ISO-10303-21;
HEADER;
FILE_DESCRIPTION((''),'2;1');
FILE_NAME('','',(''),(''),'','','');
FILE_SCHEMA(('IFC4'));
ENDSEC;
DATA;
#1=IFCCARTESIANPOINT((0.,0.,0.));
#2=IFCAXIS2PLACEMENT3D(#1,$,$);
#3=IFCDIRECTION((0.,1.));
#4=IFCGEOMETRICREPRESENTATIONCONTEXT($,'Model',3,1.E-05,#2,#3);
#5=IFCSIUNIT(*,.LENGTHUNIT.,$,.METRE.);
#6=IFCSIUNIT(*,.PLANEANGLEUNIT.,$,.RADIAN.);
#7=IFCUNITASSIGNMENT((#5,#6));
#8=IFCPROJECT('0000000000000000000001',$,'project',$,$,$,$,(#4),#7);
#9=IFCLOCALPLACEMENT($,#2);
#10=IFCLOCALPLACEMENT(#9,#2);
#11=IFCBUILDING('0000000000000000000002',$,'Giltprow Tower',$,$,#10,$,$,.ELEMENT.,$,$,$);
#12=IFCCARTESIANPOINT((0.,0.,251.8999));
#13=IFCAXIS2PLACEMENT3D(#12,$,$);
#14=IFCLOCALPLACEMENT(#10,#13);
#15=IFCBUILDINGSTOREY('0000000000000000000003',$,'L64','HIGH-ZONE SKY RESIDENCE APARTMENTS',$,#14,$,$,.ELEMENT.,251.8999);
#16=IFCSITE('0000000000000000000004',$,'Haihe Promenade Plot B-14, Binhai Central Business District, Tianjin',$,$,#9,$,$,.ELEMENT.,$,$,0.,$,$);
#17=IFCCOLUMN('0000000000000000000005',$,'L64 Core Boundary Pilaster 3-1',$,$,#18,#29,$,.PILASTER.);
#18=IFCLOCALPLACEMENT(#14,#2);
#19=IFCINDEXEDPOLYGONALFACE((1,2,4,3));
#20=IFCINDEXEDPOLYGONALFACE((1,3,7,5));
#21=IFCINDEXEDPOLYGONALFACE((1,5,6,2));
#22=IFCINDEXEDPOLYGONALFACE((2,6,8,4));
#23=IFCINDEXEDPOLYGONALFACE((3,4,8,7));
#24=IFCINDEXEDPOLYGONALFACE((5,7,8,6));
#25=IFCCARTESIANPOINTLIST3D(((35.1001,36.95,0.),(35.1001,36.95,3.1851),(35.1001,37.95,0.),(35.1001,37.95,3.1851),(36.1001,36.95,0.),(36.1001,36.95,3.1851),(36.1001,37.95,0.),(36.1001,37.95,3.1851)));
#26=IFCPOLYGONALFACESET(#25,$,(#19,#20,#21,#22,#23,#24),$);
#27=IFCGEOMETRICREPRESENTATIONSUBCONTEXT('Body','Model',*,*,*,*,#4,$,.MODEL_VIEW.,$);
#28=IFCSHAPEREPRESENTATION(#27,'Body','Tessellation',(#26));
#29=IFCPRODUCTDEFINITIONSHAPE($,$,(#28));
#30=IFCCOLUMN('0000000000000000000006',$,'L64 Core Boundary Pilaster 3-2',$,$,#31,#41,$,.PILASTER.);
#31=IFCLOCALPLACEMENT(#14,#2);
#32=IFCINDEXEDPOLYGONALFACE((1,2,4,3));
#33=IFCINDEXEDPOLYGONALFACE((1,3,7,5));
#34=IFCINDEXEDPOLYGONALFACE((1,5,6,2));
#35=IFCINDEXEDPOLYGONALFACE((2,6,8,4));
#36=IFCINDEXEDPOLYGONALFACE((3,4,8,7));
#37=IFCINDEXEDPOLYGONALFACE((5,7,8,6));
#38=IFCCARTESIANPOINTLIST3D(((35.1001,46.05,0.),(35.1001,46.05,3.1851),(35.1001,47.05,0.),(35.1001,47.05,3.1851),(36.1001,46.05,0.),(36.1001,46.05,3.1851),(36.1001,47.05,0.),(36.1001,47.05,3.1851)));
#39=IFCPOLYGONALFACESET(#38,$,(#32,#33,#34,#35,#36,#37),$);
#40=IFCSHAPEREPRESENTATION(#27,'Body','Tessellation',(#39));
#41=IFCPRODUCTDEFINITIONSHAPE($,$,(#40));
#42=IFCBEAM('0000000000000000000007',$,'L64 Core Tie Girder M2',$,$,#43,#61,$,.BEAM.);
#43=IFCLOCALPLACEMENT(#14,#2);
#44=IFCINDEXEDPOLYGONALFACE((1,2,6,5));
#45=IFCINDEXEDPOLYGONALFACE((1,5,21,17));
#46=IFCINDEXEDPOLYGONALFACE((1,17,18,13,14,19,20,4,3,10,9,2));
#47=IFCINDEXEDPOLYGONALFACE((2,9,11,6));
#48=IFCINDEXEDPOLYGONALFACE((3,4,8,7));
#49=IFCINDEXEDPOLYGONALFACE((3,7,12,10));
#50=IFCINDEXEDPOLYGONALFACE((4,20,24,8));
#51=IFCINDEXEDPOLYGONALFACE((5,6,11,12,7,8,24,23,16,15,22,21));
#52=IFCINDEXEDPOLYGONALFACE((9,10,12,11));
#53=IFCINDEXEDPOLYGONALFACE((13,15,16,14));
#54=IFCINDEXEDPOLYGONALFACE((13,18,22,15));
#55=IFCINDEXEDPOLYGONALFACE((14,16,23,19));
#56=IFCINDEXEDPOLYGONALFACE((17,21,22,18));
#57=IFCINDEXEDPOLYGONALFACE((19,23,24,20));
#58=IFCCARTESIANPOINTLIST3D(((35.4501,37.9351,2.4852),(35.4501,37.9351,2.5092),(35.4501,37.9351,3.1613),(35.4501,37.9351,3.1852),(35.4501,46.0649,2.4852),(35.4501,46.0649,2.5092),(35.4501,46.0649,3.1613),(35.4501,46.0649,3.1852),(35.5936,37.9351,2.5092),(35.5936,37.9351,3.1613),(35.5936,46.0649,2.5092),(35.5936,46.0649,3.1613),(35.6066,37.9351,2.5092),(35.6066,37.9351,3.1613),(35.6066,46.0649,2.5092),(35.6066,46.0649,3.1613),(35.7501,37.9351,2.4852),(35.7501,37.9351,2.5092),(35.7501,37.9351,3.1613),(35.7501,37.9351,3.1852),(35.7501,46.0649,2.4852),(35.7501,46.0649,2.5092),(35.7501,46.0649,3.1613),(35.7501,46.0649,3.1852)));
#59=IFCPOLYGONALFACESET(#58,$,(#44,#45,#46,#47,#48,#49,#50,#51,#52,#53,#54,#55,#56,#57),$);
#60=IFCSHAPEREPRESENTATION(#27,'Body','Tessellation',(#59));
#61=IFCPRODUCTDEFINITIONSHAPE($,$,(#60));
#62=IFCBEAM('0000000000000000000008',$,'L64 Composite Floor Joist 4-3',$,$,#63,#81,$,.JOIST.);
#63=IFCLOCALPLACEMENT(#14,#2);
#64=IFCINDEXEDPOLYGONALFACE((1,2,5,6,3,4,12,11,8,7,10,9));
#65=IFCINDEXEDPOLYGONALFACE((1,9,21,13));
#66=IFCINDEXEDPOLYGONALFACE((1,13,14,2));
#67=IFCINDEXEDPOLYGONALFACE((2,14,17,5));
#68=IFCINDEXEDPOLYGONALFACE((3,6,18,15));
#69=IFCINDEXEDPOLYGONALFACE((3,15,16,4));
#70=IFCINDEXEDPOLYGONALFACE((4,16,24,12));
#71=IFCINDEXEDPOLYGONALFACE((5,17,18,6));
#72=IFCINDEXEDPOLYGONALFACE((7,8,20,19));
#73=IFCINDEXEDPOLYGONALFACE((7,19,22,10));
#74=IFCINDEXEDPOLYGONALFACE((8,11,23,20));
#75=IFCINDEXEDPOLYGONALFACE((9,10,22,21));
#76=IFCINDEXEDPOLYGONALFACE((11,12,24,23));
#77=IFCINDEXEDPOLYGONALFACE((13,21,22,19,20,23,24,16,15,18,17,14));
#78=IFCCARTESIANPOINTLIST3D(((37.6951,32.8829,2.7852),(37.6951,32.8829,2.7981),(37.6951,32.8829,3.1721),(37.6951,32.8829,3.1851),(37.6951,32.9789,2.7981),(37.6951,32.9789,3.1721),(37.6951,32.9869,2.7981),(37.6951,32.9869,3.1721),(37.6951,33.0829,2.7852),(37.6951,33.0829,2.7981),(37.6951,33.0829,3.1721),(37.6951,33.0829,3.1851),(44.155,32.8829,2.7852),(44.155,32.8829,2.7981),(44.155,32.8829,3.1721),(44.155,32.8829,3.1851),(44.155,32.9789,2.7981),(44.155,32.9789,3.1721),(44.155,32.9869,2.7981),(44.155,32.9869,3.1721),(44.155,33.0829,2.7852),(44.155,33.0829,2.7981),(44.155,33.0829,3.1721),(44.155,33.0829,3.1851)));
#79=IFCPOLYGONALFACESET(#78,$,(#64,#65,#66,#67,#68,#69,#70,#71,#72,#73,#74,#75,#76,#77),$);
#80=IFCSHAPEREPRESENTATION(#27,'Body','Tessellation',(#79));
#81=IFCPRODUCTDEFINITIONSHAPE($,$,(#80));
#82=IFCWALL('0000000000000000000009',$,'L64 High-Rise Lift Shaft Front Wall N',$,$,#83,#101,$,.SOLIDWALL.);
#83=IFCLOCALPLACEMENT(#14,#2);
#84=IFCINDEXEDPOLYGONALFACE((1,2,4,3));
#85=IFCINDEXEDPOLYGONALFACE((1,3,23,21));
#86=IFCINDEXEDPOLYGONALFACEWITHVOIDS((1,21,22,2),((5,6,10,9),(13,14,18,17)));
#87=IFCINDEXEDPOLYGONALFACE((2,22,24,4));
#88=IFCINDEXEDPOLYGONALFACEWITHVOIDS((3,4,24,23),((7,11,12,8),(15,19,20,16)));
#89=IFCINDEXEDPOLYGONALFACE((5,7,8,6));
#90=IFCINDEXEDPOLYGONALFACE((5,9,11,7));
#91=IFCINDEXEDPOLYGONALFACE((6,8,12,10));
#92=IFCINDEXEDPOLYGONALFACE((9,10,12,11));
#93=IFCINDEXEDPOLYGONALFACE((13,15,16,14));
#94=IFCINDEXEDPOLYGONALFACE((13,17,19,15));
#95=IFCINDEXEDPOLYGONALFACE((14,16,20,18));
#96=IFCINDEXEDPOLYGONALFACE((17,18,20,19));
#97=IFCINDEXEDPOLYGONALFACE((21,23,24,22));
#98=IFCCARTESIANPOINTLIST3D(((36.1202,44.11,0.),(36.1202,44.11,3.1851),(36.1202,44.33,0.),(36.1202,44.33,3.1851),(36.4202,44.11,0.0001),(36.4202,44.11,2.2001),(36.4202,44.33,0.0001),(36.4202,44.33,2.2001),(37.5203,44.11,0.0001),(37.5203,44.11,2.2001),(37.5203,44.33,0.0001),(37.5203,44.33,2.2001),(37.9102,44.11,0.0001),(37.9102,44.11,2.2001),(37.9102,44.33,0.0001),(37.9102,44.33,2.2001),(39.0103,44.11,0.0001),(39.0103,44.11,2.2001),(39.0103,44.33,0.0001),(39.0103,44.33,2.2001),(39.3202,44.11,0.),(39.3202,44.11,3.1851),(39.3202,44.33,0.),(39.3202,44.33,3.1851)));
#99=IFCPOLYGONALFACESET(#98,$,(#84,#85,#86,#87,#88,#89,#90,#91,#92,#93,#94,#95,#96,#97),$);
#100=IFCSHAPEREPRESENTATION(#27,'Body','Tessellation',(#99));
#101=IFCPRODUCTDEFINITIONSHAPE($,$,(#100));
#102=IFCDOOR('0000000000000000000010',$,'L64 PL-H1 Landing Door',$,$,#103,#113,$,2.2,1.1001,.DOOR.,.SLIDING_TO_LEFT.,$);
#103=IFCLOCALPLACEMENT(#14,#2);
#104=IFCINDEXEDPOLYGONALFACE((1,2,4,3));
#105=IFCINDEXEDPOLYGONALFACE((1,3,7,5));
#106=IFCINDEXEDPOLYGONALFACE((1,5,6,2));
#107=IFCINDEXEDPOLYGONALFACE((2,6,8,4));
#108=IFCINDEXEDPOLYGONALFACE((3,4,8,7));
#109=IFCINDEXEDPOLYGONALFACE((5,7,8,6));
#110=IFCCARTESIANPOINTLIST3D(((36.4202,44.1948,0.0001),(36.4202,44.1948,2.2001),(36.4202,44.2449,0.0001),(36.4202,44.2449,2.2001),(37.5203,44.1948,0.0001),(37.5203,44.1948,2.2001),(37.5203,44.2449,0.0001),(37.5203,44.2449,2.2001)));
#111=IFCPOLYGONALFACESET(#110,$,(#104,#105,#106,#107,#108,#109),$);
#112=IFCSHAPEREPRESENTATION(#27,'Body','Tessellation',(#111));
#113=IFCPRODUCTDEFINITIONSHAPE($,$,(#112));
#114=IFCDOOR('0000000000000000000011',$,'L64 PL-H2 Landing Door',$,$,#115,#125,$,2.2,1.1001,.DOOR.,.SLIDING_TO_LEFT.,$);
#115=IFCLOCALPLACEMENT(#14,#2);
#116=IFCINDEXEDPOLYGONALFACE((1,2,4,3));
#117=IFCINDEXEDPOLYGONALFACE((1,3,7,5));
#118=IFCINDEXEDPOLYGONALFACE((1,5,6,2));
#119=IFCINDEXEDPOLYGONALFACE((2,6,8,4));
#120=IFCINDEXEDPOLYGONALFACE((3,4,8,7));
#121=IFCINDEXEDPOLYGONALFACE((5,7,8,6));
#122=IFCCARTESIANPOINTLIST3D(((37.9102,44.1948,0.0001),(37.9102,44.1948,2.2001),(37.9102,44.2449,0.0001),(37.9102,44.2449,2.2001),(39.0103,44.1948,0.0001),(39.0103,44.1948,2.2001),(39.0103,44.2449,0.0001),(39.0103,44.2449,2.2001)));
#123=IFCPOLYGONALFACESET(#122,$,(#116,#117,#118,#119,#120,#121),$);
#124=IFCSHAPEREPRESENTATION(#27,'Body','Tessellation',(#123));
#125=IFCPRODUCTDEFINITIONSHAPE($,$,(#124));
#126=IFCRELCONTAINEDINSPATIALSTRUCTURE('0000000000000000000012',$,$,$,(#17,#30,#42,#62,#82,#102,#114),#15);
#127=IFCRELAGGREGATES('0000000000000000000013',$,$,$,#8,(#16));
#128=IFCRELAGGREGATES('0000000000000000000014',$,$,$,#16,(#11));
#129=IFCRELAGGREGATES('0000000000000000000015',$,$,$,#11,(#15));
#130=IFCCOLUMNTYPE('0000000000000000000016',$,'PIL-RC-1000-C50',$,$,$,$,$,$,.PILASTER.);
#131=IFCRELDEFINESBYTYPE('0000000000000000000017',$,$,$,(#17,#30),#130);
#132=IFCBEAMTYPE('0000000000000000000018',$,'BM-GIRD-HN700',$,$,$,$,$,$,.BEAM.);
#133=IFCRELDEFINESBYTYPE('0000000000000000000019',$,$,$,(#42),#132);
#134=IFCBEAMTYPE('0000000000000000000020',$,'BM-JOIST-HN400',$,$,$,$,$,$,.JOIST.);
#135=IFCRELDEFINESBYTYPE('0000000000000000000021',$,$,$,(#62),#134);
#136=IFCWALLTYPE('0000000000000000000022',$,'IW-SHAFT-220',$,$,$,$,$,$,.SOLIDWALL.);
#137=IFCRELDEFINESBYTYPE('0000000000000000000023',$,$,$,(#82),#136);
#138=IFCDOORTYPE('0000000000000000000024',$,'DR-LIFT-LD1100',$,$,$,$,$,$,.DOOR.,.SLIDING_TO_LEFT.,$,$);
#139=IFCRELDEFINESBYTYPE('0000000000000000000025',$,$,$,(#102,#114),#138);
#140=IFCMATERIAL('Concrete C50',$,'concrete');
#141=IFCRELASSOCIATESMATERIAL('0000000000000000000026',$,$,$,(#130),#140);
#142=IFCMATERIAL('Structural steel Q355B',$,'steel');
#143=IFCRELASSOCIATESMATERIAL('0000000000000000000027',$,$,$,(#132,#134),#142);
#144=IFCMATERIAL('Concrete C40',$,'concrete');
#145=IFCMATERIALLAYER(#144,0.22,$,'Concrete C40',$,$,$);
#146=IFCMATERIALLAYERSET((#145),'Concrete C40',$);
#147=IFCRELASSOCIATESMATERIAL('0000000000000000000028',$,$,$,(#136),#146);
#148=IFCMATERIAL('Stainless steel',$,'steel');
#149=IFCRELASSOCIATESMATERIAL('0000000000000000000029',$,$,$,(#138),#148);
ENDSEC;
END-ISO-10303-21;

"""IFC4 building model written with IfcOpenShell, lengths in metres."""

from ifc_helpers import new_model, si_unit, direction, frame, frame_2d, origin, origin_2d, place, context, subcontext, project, spatial, rectangle, i_section, extrude, source, transform, mapped, material, layer, layer_set, material_profile, profile_set, type_object, element, fill, save


model = new_model("IFC4")

# Units and contexts
model_context = context("Model", 3, precision=1e-05, world=origin(), true_north=direction((0.0, 1.0)))
body_context = subcontext(model_context, "Body", "Model", "MODEL_VIEW")
ifc_project = project(units=[si_unit("LENGTHUNIT", "METRE"), si_unit("PLANEANGLEUNIT", "RADIAN")], contexts=[model_context])

# Site, building, storey
site_placement = place(None, origin())
site = spatial("IfcSite", under=ifc_project, at=site_placement, Name="Haihe Promenade Plot B-14, Binhai Central Business District, Tianjin", CompositionType="ELEMENT", RefElevation=0.0)
building_placement = place(site_placement, origin())
building = spatial("IfcBuilding", under=site, at=building_placement, Name="Giltprow Tower", CompositionType="ELEMENT")
storey_placement = place(building_placement, frame((0.0, 0.0, 251.8999)))
storey = spatial("IfcBuildingStorey", under=building, at=storey_placement, Name="L64", Description="HIGH-ZONE SKY RESIDENCE APARTMENTS", CompositionType="ELEMENT", Elevation=251.8999)

# Columns
ifc_material_1 = material(Name="Concrete C50", Category="concrete")
ifc_material_profile_1 = material_profile(ifc_material_1, rectangle(XDim=1.0, YDim=1.0, at=origin_2d()), Name="RC 1000x1000")
ifc_profile_set_1 = profile_set([ifc_material_profile_1], Name="Concrete C50")
column_type = type_object("IfcColumnType", Name="PIL-RC-1000-C50", PredefinedType="PILASTER", material=ifc_profile_set_1)
shared_shape_1 = source(origin(), body_context, "Body", "SweptSolid", [
    extrude(rectangle(XDim=1.0, YDim=1.0, at=origin_2d()), origin(), (0.0, 0.0, 1.0), 3.1851),
])
for number, where, z_axis, x_axis, name in (
    (1, (35.6001, 37.45, 0.0), (0.0, 0.0, 1.0), (1.0, 0.0, 0.0), "L64 Core Boundary Pilaster 3-1"),
    (2, (35.6001, 46.55, 0.0), (0.0, 0.0, 1.0), (1.0, 0.0, 0.0), "L64 Core Boundary Pilaster 3-2"),
):
    element("IfcColumn", number, at=place(storey_placement, frame(where, z_axis=z_axis, x_axis=x_axis)), inside=storey, type_object=column_type, Name=name, PredefinedType="PILASTER", context=body_context, shape_type="MappedRepresentation", body=[
        mapped(shared_shape_1, transform((0.0, 0.0, 0.0), x_axis=(1.0, 0.0, 0.0), y_axis=(0.0, 1.0, 0.0), z_axis=(0.0, 0.0, 1.0), scale=1.0)),
    ])

# Beams
ifc_material_2 = material(Name="Structural steel Q355B", Category="steel")
ifc_material_profile_2 = material_profile(ifc_material_2, i_section(OverallWidth=0.3, OverallDepth=0.7, WebThickness=0.0129, FlangeThickness=0.0239, at=origin_2d()), Name="HN 700x300x13x24")
ifc_profile_set_2 = profile_set([ifc_material_profile_2], Name="Structural steel Q355B")
beam_type_1 = type_object("IfcBeamType", Name="BM-GIRD-HN700", PredefinedType="BEAM", material=ifc_profile_set_2)
shared_shape_2 = source(origin(), body_context, "Body", "SweptSolid", [
    extrude(i_section(OverallWidth=0.3, OverallDepth=0.7, WebThickness=0.0129, FlangeThickness=0.0239, at=origin_2d()), origin(), (0.0, 0.0, 1.0), 8.1299),
])
beam_1_placement = place(storey_placement, frame((35.6001, 37.9351, 2.8352), z_axis=(0.0, 1.0, 0.0), x_axis=(-1.0, 0.0, 0.0)))
element("IfcBeam", 3, at=beam_1_placement, inside=storey, type_object=beam_type_1, Name="L64 Core Tie Girder M2", PredefinedType="BEAM", context=body_context, shape_type="MappedRepresentation", body=[
    mapped(shared_shape_2, transform((0.0, 0.0, 0.0), x_axis=(1.0, 0.0, 0.0), y_axis=(0.0, 1.0, 0.0), z_axis=(0.0, 0.0, 1.0), scale=1.0)),
])
ifc_material_profile_3 = material_profile(ifc_material_2, i_section(OverallWidth=0.2, OverallDepth=0.3999, WebThickness=0.0081, FlangeThickness=0.0129, at=origin_2d()), Name="HN 400x200x8x13")
ifc_profile_set_3 = profile_set([ifc_material_profile_3], Name="Structural steel Q355B")
beam_type_2 = type_object("IfcBeamType", Name="BM-JOIST-HN400", PredefinedType="JOIST", material=ifc_profile_set_3)
shared_shape_3 = source(origin(), body_context, "Body", "SweptSolid", [
    extrude(i_section(OverallWidth=0.2, OverallDepth=0.3999, WebThickness=0.0081, FlangeThickness=0.0129, at=origin_2d()), origin(), (0.0, 0.0, 1.0), 6.46),
])
beam_2_placement = place(storey_placement, frame((37.6951, 32.9829, 2.9851), z_axis=(1.0, 0.0, 0.0), x_axis=(0.0, 1.0, 0.0)))
element("IfcBeam", 4, at=beam_2_placement, inside=storey, type_object=beam_type_2, Name="L64 Composite Floor Joist 4-3", PredefinedType="JOIST", context=body_context, shape_type="MappedRepresentation", body=[
    mapped(shared_shape_3, transform((0.0, 0.0, 0.0), x_axis=(1.0, 0.0, 0.0), y_axis=(0.0, 1.0, 0.0), z_axis=(0.0, 0.0, 1.0), scale=1.0)),
])

# Wall, openings, doors
ifc_material_3 = material(Name="Concrete C40", Category="concrete")
ifc_layer_1 = layer(ifc_material_3, 0.22, Name="Concrete C40")
ifc_layer_set_1 = layer_set([ifc_layer_1], Name="Concrete C40")
wall_type_1 = type_object("IfcWallType", Name="IW-SHAFT-220", PredefinedType="SOLIDWALL", material=ifc_layer_set_1)
wall_1_placement = place(storey_placement, frame((36.1201, 44.22, 0.0), z_axis=(0.0, 0.0, 1.0), x_axis=(1.0, 0.0, 0.0)))
wall_1 = element("IfcWall", 5, at=wall_1_placement, inside=storey, type_object=wall_type_1, Name="L64 High-Rise Lift Shaft Front Wall N", PredefinedType="SOLIDWALL", context=body_context, shape_type="SweptSolid", body=[
    extrude(rectangle(XDim=3.2, YDim=0.22, at=frame_2d((1.6001, 0.0))), origin(), (0.0, 0.0, 1.0), 3.1851),
])
opening_1_placement = place(wall_1_placement, frame((0.3, 0.0, 0.0)))
opening_1 = element("IfcOpeningElement", 6, at=opening_1_placement, cuts=wall_1, PredefinedType="OPENING", context=body_context, shape_type="SweptSolid", body=[
    extrude(rectangle(XDim=1.1001, YDim=2.2, at=frame_2d((0.55, 1.1001))), frame((0.0, 0.1199, 0.0), z_axis=(0.0, -1.0, 0.0), x_axis=(1.0, 0.0, 0.0)), (0.0, 0.0, 1.0), 0.24),
])
opening_2_placement = place(wall_1_placement, frame((1.79, 0.0, 0.0)))
opening_2 = element("IfcOpeningElement", 7, at=opening_2_placement, cuts=wall_1, PredefinedType="OPENING", context=body_context, shape_type="SweptSolid", body=[
    extrude(rectangle(XDim=1.1001, YDim=2.2, at=frame_2d((0.55, 1.1001))), frame((0.0, 0.1199, 0.0), z_axis=(0.0, -1.0, 0.0), x_axis=(1.0, 0.0, 0.0)), (0.0, 0.0, 1.0), 0.24),
])
ifc_material_4 = material(Name="Stainless steel", Category="steel")
door_type_1 = type_object("IfcDoorType", Name="DR-LIFT-LD1100", OperationType="SLIDING_TO_LEFT", PredefinedType="DOOR", material=ifc_material_4)
shared_shape_4 = source(origin(), body_context, "Body", "SweptSolid", [
    extrude(rectangle(XDim=1.1001, YDim=2.2, at=frame_2d((0.55, 1.1001))), frame((0.0, 0.0249, 0.0), z_axis=(0.0, -1.0, 0.0), x_axis=(1.0, 0.0, 0.0)), (0.0, 0.0, 1.0), 0.05),
])
door_1_placement = place(opening_1_placement, origin())
door_1 = element("IfcDoor", 8, at=door_1_placement, inside=storey, type_object=door_type_1, Name="L64 PL-H1 Landing Door", OperationType="SLIDING_TO_LEFT", OverallHeight=2.2, OverallWidth=1.1001, PredefinedType="DOOR", context=body_context, shape_type="MappedRepresentation", body=[
    mapped(shared_shape_4, transform((0.0, 0.0, 0.0), x_axis=(1.0, 0.0, 0.0), y_axis=(0.0, 1.0, 0.0), z_axis=(0.0, 0.0, 1.0), scale=1.0)),
])
fill(opening_1, door_1)
door_2_placement = place(opening_2_placement, origin())
door_2 = element("IfcDoor", 9, at=door_2_placement, inside=storey, type_object=door_type_1, Name="L64 PL-H2 Landing Door", OperationType="SLIDING_TO_LEFT", OverallHeight=2.2, OverallWidth=1.1001, PredefinedType="DOOR", context=body_context, shape_type="MappedRepresentation", body=[
    mapped(shared_shape_4, transform((0.0, 0.0, 0.0), x_axis=(1.0, 0.0, 0.0), y_axis=(0.0, 1.0, 0.0), z_axis=(0.0, 0.0, 1.0), scale=1.0)),
])
fill(opening_2, door_2)

save(model, "model.ifc")
